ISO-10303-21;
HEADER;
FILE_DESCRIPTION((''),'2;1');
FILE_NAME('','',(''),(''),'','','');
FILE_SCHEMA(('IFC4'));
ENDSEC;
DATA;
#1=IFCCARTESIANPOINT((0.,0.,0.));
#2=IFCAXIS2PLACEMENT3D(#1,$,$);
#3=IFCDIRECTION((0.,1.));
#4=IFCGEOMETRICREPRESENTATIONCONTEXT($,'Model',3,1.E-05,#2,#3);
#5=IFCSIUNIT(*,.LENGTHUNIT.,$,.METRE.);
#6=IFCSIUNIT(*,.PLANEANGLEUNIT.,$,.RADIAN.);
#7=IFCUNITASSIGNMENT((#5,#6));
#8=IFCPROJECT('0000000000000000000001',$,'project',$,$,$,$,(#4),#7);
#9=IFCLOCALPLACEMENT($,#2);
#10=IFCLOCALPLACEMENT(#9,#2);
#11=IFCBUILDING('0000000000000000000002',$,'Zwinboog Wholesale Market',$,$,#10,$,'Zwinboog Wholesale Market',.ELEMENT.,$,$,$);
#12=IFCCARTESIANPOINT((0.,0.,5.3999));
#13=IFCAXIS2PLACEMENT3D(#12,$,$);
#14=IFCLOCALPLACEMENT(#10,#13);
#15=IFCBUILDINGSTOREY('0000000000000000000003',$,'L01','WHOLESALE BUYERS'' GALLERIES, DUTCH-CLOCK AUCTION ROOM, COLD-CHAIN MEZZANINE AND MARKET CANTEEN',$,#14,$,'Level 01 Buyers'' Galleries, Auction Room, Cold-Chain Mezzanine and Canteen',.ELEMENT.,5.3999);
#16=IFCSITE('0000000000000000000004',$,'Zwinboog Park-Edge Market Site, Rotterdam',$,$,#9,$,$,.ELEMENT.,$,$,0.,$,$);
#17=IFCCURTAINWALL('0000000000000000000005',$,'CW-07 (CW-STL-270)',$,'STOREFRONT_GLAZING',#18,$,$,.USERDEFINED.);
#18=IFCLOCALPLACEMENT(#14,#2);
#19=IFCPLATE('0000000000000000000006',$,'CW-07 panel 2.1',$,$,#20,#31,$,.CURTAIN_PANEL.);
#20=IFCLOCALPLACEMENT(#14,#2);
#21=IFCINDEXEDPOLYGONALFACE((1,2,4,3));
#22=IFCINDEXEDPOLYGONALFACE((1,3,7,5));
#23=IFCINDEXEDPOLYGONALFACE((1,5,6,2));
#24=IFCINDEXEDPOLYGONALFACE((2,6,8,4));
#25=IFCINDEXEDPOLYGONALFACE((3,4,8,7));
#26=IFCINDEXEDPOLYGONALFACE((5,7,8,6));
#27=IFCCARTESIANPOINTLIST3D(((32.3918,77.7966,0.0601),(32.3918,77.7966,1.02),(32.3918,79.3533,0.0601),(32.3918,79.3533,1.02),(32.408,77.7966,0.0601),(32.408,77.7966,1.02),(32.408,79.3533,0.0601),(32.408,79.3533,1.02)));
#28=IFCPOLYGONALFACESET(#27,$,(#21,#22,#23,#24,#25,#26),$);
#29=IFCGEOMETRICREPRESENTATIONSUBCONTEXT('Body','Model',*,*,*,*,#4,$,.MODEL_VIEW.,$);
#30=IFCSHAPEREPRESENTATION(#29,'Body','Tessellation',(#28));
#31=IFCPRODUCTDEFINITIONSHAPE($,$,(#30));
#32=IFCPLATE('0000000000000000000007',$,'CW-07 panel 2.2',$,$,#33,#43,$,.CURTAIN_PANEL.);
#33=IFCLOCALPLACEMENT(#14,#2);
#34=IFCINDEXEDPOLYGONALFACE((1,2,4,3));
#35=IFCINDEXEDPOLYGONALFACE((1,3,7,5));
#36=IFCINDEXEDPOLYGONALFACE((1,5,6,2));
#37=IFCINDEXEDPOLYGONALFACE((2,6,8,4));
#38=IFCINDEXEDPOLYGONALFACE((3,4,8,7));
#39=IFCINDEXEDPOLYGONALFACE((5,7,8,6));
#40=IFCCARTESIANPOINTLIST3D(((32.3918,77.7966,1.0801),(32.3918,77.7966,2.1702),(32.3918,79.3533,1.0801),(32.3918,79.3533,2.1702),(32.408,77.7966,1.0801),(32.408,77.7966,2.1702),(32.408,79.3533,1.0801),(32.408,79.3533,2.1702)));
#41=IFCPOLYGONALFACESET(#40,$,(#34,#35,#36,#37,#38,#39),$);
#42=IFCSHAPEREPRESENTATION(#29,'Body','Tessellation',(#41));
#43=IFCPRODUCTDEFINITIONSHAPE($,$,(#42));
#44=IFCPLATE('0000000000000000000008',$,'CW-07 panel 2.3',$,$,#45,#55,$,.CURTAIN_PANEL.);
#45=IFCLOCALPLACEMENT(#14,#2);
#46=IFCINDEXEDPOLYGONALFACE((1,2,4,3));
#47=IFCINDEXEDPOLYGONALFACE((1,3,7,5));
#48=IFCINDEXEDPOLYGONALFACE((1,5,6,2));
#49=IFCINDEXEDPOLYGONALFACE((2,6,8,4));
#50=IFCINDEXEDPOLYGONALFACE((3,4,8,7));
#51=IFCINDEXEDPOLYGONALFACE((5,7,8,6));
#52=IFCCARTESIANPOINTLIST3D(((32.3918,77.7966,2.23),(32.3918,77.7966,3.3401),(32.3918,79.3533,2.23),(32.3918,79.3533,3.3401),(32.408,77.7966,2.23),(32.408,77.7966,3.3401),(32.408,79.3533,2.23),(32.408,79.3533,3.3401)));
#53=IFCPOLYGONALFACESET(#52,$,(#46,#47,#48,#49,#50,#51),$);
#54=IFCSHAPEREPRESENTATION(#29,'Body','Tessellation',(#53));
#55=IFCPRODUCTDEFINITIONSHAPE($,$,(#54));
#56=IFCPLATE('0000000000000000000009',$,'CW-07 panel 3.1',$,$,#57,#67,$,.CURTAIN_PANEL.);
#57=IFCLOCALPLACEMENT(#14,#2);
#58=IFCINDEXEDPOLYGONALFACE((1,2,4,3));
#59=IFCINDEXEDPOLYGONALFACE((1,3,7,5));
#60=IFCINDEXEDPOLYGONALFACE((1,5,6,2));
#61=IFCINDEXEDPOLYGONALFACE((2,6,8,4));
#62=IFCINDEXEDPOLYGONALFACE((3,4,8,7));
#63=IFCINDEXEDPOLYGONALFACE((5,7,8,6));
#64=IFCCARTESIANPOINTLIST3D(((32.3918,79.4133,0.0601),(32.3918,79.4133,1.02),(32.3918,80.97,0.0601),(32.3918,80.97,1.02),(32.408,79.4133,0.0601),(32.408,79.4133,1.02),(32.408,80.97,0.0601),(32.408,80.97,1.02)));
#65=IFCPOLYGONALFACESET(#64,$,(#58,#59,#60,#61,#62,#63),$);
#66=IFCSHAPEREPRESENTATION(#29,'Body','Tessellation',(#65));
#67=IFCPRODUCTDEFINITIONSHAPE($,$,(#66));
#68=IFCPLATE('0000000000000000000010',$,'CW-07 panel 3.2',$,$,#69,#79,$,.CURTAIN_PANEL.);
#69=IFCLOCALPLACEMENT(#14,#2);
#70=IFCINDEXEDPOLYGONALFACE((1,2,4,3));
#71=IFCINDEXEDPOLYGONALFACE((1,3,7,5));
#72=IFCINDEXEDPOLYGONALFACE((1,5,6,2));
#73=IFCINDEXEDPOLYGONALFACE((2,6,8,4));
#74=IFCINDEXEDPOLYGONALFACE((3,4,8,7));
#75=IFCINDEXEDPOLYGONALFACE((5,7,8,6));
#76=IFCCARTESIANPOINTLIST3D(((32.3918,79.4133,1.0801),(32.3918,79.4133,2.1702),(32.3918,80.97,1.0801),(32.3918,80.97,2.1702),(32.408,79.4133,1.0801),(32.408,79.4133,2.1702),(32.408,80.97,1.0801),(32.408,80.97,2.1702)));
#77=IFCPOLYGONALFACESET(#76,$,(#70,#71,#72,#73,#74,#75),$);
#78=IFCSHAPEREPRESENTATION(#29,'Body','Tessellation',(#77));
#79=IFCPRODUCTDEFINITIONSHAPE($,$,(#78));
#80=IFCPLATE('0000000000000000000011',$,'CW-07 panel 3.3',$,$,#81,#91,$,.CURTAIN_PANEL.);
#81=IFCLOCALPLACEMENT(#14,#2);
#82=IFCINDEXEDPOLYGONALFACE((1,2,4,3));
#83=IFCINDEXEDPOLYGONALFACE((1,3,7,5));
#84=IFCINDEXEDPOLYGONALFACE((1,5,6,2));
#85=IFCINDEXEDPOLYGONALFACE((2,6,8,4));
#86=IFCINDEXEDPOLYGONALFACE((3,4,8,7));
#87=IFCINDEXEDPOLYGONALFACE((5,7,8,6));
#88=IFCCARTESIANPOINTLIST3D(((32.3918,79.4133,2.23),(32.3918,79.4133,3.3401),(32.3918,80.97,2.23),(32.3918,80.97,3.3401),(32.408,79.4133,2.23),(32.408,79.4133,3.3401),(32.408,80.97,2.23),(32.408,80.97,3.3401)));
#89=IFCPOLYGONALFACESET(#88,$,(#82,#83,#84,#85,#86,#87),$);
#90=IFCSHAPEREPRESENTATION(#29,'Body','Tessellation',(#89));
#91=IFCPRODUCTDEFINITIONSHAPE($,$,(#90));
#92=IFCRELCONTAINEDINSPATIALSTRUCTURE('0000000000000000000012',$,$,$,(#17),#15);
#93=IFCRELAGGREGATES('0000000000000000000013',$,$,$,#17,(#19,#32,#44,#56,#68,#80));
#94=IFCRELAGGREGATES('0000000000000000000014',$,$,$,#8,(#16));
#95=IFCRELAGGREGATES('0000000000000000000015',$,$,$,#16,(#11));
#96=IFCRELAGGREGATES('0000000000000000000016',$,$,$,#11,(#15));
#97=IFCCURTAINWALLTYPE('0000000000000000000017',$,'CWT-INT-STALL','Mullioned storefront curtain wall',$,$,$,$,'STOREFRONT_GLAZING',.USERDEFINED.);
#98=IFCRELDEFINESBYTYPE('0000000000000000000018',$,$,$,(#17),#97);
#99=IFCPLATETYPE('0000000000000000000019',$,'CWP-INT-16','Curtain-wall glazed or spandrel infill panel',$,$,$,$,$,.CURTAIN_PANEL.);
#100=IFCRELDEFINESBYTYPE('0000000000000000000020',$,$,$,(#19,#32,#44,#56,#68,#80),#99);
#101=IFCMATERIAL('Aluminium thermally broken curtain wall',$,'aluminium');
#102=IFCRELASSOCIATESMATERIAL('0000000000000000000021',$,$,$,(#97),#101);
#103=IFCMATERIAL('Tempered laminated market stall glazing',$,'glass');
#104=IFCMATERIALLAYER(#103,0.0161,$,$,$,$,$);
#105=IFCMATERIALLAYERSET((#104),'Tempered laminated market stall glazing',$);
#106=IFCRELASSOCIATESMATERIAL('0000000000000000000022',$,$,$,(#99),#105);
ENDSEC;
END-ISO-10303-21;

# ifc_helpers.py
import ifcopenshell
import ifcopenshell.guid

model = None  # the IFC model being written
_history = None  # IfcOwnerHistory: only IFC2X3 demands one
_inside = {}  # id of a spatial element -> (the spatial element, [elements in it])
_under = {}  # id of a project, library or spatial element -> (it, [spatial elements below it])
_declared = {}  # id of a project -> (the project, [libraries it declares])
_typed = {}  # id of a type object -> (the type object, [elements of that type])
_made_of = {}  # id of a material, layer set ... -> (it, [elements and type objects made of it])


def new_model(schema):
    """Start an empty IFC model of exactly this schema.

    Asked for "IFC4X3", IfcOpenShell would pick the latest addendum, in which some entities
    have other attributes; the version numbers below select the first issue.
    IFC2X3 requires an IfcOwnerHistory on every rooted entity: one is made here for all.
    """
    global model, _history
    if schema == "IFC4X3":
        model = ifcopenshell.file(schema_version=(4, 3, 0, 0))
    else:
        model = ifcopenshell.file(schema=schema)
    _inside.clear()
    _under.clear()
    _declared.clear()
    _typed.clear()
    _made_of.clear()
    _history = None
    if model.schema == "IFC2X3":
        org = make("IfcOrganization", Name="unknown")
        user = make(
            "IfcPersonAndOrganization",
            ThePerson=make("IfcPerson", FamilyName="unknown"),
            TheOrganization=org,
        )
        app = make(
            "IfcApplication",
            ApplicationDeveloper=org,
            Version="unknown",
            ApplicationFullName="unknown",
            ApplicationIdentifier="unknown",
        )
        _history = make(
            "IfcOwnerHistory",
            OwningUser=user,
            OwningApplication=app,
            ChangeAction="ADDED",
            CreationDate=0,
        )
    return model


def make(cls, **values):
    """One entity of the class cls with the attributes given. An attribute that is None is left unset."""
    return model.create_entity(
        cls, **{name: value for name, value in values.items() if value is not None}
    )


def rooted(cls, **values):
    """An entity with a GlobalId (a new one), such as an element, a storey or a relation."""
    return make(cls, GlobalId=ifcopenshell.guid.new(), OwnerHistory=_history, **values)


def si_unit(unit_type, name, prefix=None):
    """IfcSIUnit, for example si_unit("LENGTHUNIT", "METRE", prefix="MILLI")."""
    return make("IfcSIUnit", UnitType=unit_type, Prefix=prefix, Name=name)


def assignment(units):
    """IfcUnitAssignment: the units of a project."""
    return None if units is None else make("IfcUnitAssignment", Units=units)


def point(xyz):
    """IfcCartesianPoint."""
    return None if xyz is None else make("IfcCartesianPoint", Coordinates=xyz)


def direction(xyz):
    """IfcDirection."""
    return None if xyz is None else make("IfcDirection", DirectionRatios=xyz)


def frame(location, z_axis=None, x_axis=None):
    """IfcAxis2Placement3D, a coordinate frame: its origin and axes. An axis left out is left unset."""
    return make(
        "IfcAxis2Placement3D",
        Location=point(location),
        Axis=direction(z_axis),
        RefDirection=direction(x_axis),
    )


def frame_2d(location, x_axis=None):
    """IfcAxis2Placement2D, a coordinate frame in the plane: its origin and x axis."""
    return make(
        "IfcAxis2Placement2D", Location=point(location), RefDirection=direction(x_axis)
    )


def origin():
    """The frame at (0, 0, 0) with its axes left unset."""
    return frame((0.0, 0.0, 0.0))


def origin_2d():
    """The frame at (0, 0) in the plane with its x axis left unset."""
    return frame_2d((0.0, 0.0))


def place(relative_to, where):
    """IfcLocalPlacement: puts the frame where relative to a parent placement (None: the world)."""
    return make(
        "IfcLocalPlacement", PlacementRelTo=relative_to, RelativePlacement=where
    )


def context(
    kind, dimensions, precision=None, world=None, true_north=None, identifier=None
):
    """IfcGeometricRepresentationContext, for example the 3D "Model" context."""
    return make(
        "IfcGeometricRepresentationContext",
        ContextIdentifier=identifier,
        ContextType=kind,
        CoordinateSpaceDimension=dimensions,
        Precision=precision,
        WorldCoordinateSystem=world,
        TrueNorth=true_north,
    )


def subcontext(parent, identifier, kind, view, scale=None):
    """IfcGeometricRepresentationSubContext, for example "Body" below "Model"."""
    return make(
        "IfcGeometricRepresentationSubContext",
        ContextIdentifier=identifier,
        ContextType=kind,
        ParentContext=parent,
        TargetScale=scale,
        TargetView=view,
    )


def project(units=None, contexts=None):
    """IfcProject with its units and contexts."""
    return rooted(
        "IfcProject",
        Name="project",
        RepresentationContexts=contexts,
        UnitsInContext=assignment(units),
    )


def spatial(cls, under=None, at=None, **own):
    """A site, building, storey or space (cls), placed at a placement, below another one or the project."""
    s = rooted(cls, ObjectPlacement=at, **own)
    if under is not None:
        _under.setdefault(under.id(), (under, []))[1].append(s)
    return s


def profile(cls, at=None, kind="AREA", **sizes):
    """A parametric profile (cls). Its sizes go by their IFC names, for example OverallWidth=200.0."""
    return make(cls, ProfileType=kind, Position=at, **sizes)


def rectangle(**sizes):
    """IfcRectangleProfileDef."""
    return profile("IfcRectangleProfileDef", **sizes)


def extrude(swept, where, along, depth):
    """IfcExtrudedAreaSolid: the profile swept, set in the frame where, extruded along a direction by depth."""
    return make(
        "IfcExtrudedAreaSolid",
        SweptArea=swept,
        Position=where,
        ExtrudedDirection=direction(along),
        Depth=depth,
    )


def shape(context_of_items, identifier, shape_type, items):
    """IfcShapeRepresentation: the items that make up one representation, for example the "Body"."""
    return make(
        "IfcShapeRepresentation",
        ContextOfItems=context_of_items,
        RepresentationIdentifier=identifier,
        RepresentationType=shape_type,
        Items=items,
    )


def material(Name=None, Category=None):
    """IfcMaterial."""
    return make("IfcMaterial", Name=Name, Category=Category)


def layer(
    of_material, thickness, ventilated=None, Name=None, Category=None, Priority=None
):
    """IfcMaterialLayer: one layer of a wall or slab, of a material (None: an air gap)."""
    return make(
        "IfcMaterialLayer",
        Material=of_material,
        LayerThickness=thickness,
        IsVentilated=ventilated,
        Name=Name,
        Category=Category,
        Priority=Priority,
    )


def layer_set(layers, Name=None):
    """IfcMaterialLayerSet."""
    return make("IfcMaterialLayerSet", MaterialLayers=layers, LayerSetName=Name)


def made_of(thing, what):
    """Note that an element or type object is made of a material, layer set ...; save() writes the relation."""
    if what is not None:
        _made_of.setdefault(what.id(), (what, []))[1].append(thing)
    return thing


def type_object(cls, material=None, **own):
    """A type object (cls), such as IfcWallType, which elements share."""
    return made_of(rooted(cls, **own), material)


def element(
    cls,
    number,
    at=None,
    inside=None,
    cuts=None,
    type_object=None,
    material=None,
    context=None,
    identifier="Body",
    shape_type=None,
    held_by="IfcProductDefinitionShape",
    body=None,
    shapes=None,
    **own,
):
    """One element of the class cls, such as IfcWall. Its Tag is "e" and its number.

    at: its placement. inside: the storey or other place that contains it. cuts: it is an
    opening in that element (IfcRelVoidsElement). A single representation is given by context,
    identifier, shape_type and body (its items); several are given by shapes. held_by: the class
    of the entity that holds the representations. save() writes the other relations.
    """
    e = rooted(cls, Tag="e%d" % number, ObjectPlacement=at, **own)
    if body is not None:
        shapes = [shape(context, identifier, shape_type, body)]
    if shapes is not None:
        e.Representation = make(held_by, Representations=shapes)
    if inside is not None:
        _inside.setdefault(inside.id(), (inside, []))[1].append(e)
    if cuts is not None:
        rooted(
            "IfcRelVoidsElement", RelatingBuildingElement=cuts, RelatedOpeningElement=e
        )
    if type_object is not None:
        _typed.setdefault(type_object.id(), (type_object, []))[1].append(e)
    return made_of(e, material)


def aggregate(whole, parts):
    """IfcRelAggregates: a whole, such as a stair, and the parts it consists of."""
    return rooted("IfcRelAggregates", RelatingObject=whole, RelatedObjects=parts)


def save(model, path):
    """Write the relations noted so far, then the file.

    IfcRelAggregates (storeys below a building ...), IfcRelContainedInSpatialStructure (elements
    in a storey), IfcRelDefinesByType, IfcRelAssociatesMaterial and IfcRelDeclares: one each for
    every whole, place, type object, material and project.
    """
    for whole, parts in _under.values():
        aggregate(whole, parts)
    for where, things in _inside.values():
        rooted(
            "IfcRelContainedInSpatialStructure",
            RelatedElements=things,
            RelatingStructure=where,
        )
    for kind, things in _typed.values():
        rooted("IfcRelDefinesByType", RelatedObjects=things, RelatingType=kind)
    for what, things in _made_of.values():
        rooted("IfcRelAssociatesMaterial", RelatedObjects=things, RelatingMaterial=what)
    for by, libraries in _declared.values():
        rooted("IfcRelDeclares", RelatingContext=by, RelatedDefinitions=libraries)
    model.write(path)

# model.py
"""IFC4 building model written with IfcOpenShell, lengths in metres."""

from ifc_helpers import new_model, si_unit, direction, frame, origin, origin_2d, place, context, subcontext, project, spatial, rectangle, extrude, material, layer, layer_set, type_object, element, aggregate, save


model = new_model("IFC4")

# Units and contexts
model_context = context("Model", 3, precision=1e-05, world=origin(), true_north=direction((0.0, 1.0)))
body_context = subcontext(model_context, "Body", "Model", "MODEL_VIEW")
ifc_project = project(units=[si_unit("LENGTHUNIT", "METRE"), si_unit("PLANEANGLEUNIT", "RADIAN")], contexts=[model_context])

# Site, building, storey
site_placement = place(None, origin())
site = spatial("IfcSite", under=ifc_project, at=site_placement, Name="Zwinboog Park-Edge Market Site, Rotterdam", CompositionType="ELEMENT", RefElevation=0.0)
building_placement = place(site_placement, origin())
building = spatial("IfcBuilding", under=site, at=building_placement, Name="Zwinboog Wholesale Market", LongName="Zwinboog Wholesale Market", CompositionType="ELEMENT")
storey_placement = place(building_placement, frame((0.0, 0.0, 5.3999)))
storey = spatial("IfcBuildingStorey", under=building, at=storey_placement, Name="L01", Description="WHOLESALE BUYERS' GALLERIES, DUTCH-CLOCK AUCTION ROOM, COLD-CHAIN MEZZANINE AND MARKET CANTEEN", LongName="Level 01 Buyers' Galleries, Auction Room, Cold-Chain Mezzanine and Canteen", CompositionType="ELEMENT", Elevation=5.3999)

# Curtain wall, plates
ifc_material_1 = material(Name="Aluminium thermally broken curtain wall", Category="aluminium")
curtain_wall_type = type_object("IfcCurtainWallType", Name="CWT-INT-STALL", Description="Mullioned storefront curtain wall", ElementType="STOREFRONT_GLAZING", PredefinedType="USERDEFINED", material=ifc_material_1)
curtain_wall_placement = place(storey_placement, origin())
curtain_wall = element("IfcCurtainWall", 1, at=curtain_wall_placement, inside=storey, type_object=curtain_wall_type, Name="CW-07 (CW-STL-270)", ObjectType="STOREFRONT_GLAZING", PredefinedType="USERDEFINED")
ifc_material_2 = material(Name="Tempered laminated market stall glazing", Category="glass")
ifc_layer = layer(ifc_material_2, 0.0161)
ifc_layer_set = layer_set([ifc_layer], Name="Tempered laminated market stall glazing")
plate_type = type_object("IfcPlateType", Name="CWP-INT-16", Description="Curtain-wall glazed or spandrel infill panel", PredefinedType="CURTAIN_PANEL", material=ifc_layer_set)
plate_1_placement = place(storey_placement, frame((32.3999, 78.575, 0.0601), z_axis=(0.0, 0.0, 1.0), x_axis=(0.0, 1.0, 0.0)))
plate_1 = element("IfcPlate", 2, at=plate_1_placement, type_object=plate_type, Name="CW-07 panel 2.1", PredefinedType="CURTAIN_PANEL", context=body_context, shape_type="SweptSolid", body=[
    extrude(rectangle(XDim=1.5566, YDim=0.0161, at=origin_2d()), origin(), (0.0, 0.0, 1.0), 0.96),
])
plate_2_placement = place(storey_placement, frame((32.3999, 78.575, 1.0801), z_axis=(0.0, 0.0, 1.0), x_axis=(0.0, 1.0, 0.0)))
plate_2 = element("IfcPlate", 3, at=plate_2_placement, type_object=plate_type, Name="CW-07 panel 2.2", PredefinedType="CURTAIN_PANEL", context=body_context, shape_type="SweptSolid", body=[
    extrude(rectangle(XDim=1.5566, YDim=0.0161, at=origin_2d()), origin(), (0.0, 0.0, 1.0), 1.0901),
])
plate_3_placement = place(storey_placement, frame((32.3999, 78.575, 2.23), z_axis=(0.0, 0.0, 1.0), x_axis=(0.0, 1.0, 0.0)))
plate_3 = element("IfcPlate", 4, at=plate_3_placement, type_object=plate_type, Name="CW-07 panel 2.3", PredefinedType="CURTAIN_PANEL", context=body_context, shape_type="SweptSolid", body=[
    extrude(rectangle(XDim=1.5566, YDim=0.0161, at=origin_2d()), origin(), (0.0, 0.0, 1.0), 1.1101),
])
plate_4_placement = place(storey_placement, frame((32.3999, 80.1917, 0.0601), z_axis=(0.0, 0.0, 1.0), x_axis=(0.0, 1.0, 0.0)))
plate_4 = element("IfcPlate", 5, at=plate_4_placement, type_object=plate_type, Name="CW-07 panel 3.1", PredefinedType="CURTAIN_PANEL", context=body_context, shape_type="SweptSolid", body=[
    extrude(rectangle(XDim=1.5566, YDim=0.0161, at=origin_2d()), origin(), (0.0, 0.0, 1.0), 0.96),
])
plate_5_placement = place(storey_placement, frame((32.3999, 80.1917, 1.0801), z_axis=(0.0, 0.0, 1.0), x_axis=(0.0, 1.0, 0.0)))
plate_5 = element("IfcPlate", 6, at=plate_5_placement, type_object=plate_type, Name="CW-07 panel 3.2", PredefinedType="CURTAIN_PANEL", context=body_context, shape_type="SweptSolid", body=[
    extrude(rectangle(XDim=1.5566, YDim=0.0161, at=origin_2d()), origin(), (0.0, 0.0, 1.0), 1.0901),
])
plate_6_placement = place(storey_placement, frame((32.3999, 80.1917, 2.23), z_axis=(0.0, 0.0, 1.0), x_axis=(0.0, 1.0, 0.0)))
plate_6 = element("IfcPlate", 7, at=plate_6_placement, type_object=plate_type, Name="CW-07 panel 3.3", PredefinedType="CURTAIN_PANEL", context=body_context, shape_type="SweptSolid", body=[
    extrude(rectangle(XDim=1.5566, YDim=0.0161, at=origin_2d()), origin(), (0.0, 0.0, 1.0), 1.1101),
])
aggregate(curtain_wall, [plate_1, plate_2, plate_3, plate_4, plate_5, plate_6])

save(model, "model.ifc")
